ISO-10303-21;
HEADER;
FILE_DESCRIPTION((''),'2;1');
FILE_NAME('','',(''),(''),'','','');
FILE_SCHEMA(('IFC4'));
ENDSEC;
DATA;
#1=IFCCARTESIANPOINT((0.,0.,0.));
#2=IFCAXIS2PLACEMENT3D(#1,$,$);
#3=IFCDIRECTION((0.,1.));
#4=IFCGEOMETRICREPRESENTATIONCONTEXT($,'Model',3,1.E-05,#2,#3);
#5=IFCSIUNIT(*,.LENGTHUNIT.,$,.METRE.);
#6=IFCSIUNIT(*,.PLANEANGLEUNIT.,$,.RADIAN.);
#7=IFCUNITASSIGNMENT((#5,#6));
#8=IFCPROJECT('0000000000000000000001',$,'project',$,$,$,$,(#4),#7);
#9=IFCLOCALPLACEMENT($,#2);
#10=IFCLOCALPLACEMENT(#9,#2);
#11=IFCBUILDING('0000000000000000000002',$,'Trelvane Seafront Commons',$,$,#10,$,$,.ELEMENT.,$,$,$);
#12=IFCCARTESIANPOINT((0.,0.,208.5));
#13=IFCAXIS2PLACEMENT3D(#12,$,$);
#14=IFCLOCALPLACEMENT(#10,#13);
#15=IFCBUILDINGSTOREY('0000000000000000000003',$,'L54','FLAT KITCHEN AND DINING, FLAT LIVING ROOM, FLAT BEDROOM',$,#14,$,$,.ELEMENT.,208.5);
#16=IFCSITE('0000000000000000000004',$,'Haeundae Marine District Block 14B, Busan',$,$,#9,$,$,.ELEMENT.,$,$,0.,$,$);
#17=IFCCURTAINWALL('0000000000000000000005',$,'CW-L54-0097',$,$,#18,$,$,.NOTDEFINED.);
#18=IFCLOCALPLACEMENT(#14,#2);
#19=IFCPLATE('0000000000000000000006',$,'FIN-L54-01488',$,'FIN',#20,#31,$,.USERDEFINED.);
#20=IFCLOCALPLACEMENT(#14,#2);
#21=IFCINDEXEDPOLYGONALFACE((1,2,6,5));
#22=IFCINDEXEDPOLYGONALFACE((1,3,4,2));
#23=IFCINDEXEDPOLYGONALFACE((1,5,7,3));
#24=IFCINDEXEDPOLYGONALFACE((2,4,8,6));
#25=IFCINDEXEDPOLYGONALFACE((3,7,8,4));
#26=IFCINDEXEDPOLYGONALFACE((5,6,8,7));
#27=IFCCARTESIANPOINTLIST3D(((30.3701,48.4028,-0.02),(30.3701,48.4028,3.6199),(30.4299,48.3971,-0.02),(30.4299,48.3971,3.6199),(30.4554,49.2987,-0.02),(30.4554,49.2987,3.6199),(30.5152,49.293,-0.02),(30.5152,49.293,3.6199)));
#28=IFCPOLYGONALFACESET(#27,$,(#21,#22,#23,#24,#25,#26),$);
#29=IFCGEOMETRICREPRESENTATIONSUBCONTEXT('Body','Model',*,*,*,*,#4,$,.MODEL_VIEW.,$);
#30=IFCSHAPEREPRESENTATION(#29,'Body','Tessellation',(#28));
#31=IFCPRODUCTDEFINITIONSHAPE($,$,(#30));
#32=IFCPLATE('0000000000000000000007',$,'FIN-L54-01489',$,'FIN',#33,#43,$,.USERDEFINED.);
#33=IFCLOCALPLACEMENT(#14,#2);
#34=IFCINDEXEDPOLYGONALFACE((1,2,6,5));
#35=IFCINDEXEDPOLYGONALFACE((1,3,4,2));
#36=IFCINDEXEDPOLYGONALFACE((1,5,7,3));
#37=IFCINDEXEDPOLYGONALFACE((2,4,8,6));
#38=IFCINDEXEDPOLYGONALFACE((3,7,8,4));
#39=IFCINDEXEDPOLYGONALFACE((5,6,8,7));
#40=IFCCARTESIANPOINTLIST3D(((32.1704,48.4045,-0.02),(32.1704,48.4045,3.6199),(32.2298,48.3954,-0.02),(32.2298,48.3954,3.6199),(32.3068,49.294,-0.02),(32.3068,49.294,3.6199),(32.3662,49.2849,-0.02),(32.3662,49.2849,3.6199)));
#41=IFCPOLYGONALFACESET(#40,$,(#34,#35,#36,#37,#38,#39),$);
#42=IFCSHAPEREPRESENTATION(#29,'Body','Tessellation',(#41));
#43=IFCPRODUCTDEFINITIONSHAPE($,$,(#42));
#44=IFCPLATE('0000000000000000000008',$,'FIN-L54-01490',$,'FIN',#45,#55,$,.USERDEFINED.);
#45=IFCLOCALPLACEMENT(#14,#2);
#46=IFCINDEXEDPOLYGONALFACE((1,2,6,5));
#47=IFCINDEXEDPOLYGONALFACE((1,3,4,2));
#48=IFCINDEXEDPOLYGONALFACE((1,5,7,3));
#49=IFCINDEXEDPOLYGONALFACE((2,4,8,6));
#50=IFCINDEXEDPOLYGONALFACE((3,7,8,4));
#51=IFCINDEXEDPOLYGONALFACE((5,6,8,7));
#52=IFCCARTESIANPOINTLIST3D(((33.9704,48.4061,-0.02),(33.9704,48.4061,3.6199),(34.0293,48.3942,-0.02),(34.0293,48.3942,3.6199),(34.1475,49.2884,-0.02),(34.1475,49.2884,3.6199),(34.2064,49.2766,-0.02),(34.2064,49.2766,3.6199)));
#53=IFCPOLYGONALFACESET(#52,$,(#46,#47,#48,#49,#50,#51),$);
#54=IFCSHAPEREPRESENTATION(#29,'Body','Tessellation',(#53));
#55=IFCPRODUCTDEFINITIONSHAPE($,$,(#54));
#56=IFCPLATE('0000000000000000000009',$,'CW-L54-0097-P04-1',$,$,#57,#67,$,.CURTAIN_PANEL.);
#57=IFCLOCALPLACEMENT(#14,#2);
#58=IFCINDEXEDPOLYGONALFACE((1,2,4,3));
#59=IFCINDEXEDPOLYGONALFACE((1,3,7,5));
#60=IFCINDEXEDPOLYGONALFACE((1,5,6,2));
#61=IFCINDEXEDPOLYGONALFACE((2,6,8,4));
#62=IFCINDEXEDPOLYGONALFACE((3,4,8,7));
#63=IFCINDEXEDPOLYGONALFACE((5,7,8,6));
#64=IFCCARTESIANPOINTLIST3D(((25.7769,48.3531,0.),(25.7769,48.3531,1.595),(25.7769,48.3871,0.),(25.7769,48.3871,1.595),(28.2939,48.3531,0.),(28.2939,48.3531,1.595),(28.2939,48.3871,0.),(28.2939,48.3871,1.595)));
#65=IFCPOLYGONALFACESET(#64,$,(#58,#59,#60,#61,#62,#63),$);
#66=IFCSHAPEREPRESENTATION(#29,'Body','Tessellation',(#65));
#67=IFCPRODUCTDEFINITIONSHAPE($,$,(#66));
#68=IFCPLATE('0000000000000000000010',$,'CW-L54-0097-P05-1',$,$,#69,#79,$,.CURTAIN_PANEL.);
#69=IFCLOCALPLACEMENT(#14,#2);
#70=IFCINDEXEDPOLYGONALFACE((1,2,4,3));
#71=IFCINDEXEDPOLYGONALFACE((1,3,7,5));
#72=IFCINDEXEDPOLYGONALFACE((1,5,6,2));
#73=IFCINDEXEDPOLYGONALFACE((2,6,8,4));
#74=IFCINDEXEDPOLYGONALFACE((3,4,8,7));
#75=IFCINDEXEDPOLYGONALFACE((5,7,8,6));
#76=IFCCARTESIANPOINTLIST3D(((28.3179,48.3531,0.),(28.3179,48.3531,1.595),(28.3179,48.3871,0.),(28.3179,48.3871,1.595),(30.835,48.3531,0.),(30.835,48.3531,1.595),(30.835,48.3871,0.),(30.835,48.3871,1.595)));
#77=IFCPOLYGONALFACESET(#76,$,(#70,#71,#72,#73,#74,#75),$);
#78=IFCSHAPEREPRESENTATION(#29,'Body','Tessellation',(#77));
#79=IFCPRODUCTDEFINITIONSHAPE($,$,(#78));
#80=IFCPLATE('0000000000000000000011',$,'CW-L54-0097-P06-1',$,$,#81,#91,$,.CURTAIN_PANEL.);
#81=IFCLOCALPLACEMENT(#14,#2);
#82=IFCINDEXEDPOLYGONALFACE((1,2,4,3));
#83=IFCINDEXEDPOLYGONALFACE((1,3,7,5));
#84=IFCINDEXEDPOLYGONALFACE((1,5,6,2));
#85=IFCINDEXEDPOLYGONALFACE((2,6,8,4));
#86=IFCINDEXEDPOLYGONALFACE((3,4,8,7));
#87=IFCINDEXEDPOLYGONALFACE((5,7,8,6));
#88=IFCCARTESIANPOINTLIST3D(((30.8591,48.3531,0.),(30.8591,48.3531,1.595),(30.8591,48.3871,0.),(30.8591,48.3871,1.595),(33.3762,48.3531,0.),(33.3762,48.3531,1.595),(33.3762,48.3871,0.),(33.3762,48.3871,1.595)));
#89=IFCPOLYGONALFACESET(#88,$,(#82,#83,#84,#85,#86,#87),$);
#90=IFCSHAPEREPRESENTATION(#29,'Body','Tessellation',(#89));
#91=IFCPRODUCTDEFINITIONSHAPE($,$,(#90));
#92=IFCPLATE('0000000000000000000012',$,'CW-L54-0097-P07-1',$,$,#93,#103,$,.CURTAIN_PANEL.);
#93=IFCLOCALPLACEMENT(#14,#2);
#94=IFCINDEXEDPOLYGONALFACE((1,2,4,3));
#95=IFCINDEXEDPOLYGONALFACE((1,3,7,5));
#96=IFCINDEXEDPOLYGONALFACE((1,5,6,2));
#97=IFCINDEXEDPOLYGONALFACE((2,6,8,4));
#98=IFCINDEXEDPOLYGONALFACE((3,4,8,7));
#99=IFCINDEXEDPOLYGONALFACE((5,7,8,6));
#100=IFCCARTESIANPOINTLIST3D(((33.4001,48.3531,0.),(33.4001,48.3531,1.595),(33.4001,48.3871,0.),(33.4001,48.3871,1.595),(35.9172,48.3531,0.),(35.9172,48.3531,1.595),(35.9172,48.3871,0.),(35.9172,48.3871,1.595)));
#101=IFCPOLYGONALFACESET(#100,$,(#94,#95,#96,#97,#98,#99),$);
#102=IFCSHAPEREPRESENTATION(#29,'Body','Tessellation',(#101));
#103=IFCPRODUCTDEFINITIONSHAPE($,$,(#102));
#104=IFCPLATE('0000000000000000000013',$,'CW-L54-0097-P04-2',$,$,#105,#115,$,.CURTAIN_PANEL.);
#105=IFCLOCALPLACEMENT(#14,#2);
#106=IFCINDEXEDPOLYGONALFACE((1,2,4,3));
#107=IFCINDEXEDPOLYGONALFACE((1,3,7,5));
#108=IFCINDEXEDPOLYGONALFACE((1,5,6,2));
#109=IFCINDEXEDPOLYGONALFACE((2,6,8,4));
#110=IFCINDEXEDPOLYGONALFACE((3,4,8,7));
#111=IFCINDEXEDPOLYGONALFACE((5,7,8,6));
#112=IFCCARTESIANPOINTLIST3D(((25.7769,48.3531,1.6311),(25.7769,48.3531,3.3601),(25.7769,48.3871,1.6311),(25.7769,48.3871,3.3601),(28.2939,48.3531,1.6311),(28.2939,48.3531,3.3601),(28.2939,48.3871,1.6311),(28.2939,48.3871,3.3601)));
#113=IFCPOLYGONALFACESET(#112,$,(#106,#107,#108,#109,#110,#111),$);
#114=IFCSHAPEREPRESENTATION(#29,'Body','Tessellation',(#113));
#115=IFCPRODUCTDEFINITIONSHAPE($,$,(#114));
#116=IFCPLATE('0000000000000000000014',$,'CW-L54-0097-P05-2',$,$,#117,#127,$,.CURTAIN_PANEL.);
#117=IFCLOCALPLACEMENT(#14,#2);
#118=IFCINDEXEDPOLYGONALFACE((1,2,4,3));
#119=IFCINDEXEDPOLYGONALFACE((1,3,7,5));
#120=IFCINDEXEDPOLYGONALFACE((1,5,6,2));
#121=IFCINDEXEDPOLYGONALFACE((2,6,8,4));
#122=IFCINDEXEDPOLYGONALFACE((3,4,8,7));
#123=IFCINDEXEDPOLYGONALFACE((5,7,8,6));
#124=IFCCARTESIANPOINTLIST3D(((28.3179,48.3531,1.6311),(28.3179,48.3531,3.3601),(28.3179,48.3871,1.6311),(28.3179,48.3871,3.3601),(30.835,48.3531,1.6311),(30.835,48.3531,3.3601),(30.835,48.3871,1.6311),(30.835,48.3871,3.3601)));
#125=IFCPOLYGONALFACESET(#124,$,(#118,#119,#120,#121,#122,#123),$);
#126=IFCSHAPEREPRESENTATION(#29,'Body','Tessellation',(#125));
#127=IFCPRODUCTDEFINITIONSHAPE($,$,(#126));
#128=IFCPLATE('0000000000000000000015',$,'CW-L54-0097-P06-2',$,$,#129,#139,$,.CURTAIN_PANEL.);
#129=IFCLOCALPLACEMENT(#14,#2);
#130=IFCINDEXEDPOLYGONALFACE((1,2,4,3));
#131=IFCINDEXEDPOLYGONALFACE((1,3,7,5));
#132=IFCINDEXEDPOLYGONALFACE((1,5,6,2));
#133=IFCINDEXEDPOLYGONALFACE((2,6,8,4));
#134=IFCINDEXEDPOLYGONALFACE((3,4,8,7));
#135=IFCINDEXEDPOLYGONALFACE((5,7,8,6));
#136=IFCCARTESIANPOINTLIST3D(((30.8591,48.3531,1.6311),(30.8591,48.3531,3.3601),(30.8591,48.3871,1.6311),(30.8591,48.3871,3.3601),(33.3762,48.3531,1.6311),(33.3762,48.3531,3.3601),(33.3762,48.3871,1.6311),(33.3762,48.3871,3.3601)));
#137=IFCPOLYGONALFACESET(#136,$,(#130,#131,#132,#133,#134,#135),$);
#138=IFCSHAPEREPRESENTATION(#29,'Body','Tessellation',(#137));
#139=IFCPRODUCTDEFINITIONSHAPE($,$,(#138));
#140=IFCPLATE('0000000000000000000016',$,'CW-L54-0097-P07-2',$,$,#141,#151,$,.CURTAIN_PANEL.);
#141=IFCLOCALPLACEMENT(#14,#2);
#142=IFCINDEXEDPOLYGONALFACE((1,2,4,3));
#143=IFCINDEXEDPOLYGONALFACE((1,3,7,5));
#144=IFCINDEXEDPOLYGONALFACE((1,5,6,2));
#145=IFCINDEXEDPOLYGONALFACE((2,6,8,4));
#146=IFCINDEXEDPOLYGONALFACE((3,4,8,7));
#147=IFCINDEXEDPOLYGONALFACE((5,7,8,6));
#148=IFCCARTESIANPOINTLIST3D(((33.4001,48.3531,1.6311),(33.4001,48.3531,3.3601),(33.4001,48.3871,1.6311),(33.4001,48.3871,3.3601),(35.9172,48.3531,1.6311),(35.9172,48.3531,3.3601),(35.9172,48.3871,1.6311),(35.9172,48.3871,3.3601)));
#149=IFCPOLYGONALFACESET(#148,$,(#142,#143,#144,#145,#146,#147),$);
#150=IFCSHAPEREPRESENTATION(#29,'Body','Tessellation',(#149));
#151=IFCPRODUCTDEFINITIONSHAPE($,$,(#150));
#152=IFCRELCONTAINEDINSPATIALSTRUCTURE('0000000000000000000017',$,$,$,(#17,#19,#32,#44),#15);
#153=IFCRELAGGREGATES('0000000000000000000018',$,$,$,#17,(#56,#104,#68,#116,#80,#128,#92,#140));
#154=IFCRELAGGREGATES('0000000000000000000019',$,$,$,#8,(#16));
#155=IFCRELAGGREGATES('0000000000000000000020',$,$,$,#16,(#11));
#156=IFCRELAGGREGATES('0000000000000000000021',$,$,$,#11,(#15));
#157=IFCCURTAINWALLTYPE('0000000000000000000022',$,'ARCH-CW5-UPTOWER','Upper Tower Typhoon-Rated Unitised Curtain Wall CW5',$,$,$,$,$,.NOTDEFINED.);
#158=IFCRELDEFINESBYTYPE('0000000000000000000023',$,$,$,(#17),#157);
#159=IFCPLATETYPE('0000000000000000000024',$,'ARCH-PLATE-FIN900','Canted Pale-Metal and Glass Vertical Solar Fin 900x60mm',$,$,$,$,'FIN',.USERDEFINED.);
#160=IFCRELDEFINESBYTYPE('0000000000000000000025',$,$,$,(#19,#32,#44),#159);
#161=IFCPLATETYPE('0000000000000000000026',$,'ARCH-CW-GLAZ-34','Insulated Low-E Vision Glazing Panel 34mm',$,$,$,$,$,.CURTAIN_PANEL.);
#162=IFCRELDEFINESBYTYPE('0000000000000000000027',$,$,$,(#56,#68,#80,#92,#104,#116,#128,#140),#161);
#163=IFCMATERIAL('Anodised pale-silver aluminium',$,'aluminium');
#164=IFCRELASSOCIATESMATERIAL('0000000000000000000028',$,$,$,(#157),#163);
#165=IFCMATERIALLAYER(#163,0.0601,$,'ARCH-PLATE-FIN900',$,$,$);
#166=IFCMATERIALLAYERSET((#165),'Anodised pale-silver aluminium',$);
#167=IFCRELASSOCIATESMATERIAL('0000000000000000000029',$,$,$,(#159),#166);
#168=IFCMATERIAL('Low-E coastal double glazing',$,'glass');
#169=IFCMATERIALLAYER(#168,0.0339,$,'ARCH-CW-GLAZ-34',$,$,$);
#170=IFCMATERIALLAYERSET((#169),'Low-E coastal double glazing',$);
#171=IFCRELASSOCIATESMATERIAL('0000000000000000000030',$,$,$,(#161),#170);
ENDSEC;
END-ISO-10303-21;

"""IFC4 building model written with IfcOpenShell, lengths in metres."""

from ifc_helpers import new_model, si_unit, direction, frame, origin, origin_2d, place, context, subcontext, project, spatial, rectangle, extrude, source, transform, mapped, material, layer, layer_set, type_object, element, aggregate, save


model = new_model("IFC4")

# Units and contexts
model_context = context("Model", 3, precision=1e-05, world=origin(), true_north=direction((0.0, 1.0)))
body_context = subcontext(model_context, "Body", "Model", "MODEL_VIEW")
ifc_project = project(units=[si_unit("LENGTHUNIT", "METRE"), si_unit("PLANEANGLEUNIT", "RADIAN")], contexts=[model_context])

# Site, building, storey
site_placement = place(None, origin())
site = spatial("IfcSite", under=ifc_project, at=site_placement, Name="Haeundae Marine District Block 14B, Busan", CompositionType="ELEMENT", RefElevation=0.0)
building_placement = place(site_placement, origin())
building = spatial("IfcBuilding", under=site, at=building_placement, Name="Trelvane Seafront Commons", CompositionType="ELEMENT")
storey_placement = place(building_placement, frame((0.0, 0.0, 208.5)))
storey = spatial("IfcBuildingStorey", under=building, at=storey_placement, Name="L54", Description="FLAT KITCHEN AND DINING, FLAT LIVING ROOM, FLAT BEDROOM", CompositionType="ELEMENT", Elevation=208.5)

# Curtain wall
ifc_material_1 = material(Name="Anodised pale-silver aluminium", Category="aluminium")
curtain_wall_type = type_object("IfcCurtainWallType", Name="ARCH-CW5-UPTOWER", Description="Upper Tower Typhoon-Rated Unitised Curtain Wall CW5", PredefinedType="NOTDEFINED", material=ifc_material_1)
curtain_wall_placement = place(storey_placement, origin())
curtain_wall = element("IfcCurtainWall", 1, at=curtain_wall_placement, inside=storey, type_object=curtain_wall_type, Name="CW-L54-0097", PredefinedType="NOTDEFINED")

# Plates
ifc_layer_1 = layer(ifc_material_1, 0.0601, Name="ARCH-PLATE-FIN900")
ifc_layer_set_1 = layer_set([ifc_layer_1], Name="Anodised pale-silver aluminium")
plate_type_1 = type_object("IfcPlateType", Name="ARCH-PLATE-FIN900", Description="Canted Pale-Metal and Glass Vertical Solar Fin 900x60mm", ElementType="FIN", PredefinedType="USERDEFINED", material=ifc_layer_set_1)
shared_shape_1 = source(origin(), body_context, "Body", "SweptSolid", [
    extrude(rectangle(XDim=0.8999, YDim=0.0601, at=origin_2d()), origin(), (0.0, 0.0, 1.0), 3.6399),
])
for number, where, z_axis, x_axis, name in (
    (2, (30.4426, 48.8479, -0.02), (0.0, 0.0, 1.0), (0.094782, 0.995498, 0.0), "FIN-L54-01488"),
    (3, (32.2683, 48.8447, -0.02), (0.0, 0.0, 1.0), (0.151556, 0.988449, 0.0), "FIN-L54-01489"),
    (4, (34.0884, 48.8413, -0.02), (0.0, 0.0, 1.0), (0.196778, 0.980448, 0.0), "FIN-L54-01490"),
):
    element("IfcPlate", number, at=place(storey_placement, frame(where, z_axis=z_axis, x_axis=x_axis)), inside=storey, type_object=plate_type_1, Name=name, ObjectType="FIN", PredefinedType="USERDEFINED", context=body_context, shape_type="MappedRepresentation", body=[
        mapped(shared_shape_1, transform((0.0, 0.0, 0.0), x_axis=(1.0, 0.0, 0.0), y_axis=(0.0, 1.0, 0.0), z_axis=(0.0, 0.0, 1.0), scale=1.0)),
    ])

# Plates
ifc_material_2 = material(Name="Low-E coastal double glazing", Category="glass")
ifc_layer_2 = layer(ifc_material_2, 0.0339, Name="ARCH-CW-GLAZ-34")
ifc_layer_set_2 = layer_set([ifc_layer_2], Name="Low-E coastal double glazing")
plate_type_2 = type_object("IfcPlateType", Name="ARCH-CW-GLAZ-34", Description="Insulated Low-E Vision Glazing Panel 34mm", PredefinedType="CURTAIN_PANEL", material=ifc_layer_set_2)
shared_shape_2 = source(origin(), body_context, "Body", "SweptSolid", [
    extrude(rectangle(XDim=2.5171, YDim=0.0339, at=origin_2d()), origin(), (0.0, 0.0, 1.0), 1.595),
])
plate_1_placement = place(storey_placement, frame((27.0354, 48.3701, 0.0), z_axis=(0.0, 0.0, 1.0), x_axis=(1.0, 0.0, 0.0)))
plate_1 = element("IfcPlate", 5, at=plate_1_placement, type_object=plate_type_2, Name="CW-L54-0097-P04-1", PredefinedType="CURTAIN_PANEL", context=body_context, shape_type="MappedRepresentation", body=[
    mapped(shared_shape_2, transform((0.0, 0.0, 0.0), x_axis=(1.0, 0.0, 0.0), y_axis=(0.0, 1.0, 0.0), z_axis=(0.0, 0.0, 1.0), scale=1.0)),
])
plate_2_placement = place(storey_placement, frame((29.5764, 48.3701, 0.0), z_axis=(0.0, 0.0, 1.0), x_axis=(1.0, 0.0, 0.0)))
plate_2 = element("IfcPlate", 6, at=plate_2_placement, type_object=plate_type_2, Name="CW-L54-0097-P05-1", PredefinedType="CURTAIN_PANEL", context=body_context, shape_type="MappedRepresentation", body=[
    mapped(shared_shape_2, transform((0.0, 0.0, 0.0), x_axis=(1.0, 0.0, 0.0), y_axis=(0.0, 1.0, 0.0), z_axis=(0.0, 0.0, 1.0), scale=1.0)),
])
plate_3_placement = place(storey_placement, frame((32.1177, 48.3701, 0.0), z_axis=(0.0, 0.0, 1.0), x_axis=(1.0, 0.0, 0.0)))
plate_3 = element("IfcPlate", 7, at=plate_3_placement, type_object=plate_type_2, Name="CW-L54-0097-P06-1", PredefinedType="CURTAIN_PANEL", context=body_context, shape_type="MappedRepresentation", body=[
    mapped(shared_shape_2, transform((0.0, 0.0, 0.0), x_axis=(1.0, 0.0, 0.0), y_axis=(0.0, 1.0, 0.0), z_axis=(0.0, 0.0, 1.0), scale=1.0)),
])
plate_4_placement = place(storey_placement, frame((34.6587, 48.3701, 0.0), z_axis=(0.0, 0.0, 1.0), x_axis=(1.0, 0.0, 0.0)))
plate_4 = element("IfcPlate", 8, at=plate_4_placement, type_object=plate_type_2, Name="CW-L54-0097-P07-1", PredefinedType="CURTAIN_PANEL", context=body_context, shape_type="MappedRepresentation", body=[
    mapped(shared_shape_2, transform((0.0, 0.0, 0.0), x_axis=(1.0, 0.0, 0.0), y_axis=(0.0, 1.0, 0.0), z_axis=(0.0, 0.0, 1.0), scale=1.0)),
])
shared_shape_3 = source(origin(), body_context, "Body", "SweptSolid", [
    extrude(rectangle(XDim=2.5171, YDim=0.0339, at=origin_2d()), origin(), (0.0, 0.0, 1.0), 1.729),
])
plate_5_placement = place(storey_placement, frame((27.0354, 48.3701, 1.6311), z_axis=(0.0, 0.0, 1.0), x_axis=(1.0, 0.0, 0.0)))
plate_5 = element("IfcPlate", 9, at=plate_5_placement, type_object=plate_type_2, Name="CW-L54-0097-P04-2", PredefinedType="CURTAIN_PANEL", context=body_context, shape_type="MappedRepresentation", body=[
    mapped(shared_shape_3, transform((0.0, 0.0, 0.0), x_axis=(1.0, 0.0, 0.0), y_axis=(0.0, 1.0, 0.0), z_axis=(0.0, 0.0, 1.0), scale=1.0)),
])
plate_6_placement = place(storey_placement, frame((29.5764, 48.3701, 1.6311), z_axis=(0.0, 0.0, 1.0), x_axis=(1.0, 0.0, 0.0)))
plate_6 = element("IfcPlate", 10, at=plate_6_placement, type_object=plate_type_2, Name="CW-L54-0097-P05-2", PredefinedType="CURTAIN_PANEL", context=body_context, shape_type="MappedRepresentation", body=[
    mapped(shared_shape_3, transform((0.0, 0.0, 0.0), x_axis=(1.0, 0.0, 0.0), y_axis=(0.0, 1.0, 0.0), z_axis=(0.0, 0.0, 1.0), scale=1.0)),
])
plate_7_placement = place(storey_placement, frame((32.1177, 48.3701, 1.6311), z_axis=(0.0, 0.0, 1.0), x_axis=(1.0, 0.0, 0.0)))
plate_7 = element("IfcPlate", 11, at=plate_7_placement, type_object=plate_type_2, Name="CW-L54-0097-P06-2", PredefinedType="CURTAIN_PANEL", context=body_context, shape_type="MappedRepresentation", body=[
    mapped(shared_shape_3, transform((0.0, 0.0, 0.0), x_axis=(1.0, 0.0, 0.0), y_axis=(0.0, 1.0, 0.0), z_axis=(0.0, 0.0, 1.0), scale=1.0)),
])
plate_8_placement = place(storey_placement, frame((34.6587, 48.3701, 1.6311), z_axis=(0.0, 0.0, 1.0), x_axis=(1.0, 0.0, 0.0)))
plate_8 = element("IfcPlate", 12, at=plate_8_placement, type_object=plate_type_2, Name="CW-L54-0097-P07-2", PredefinedType="CURTAIN_PANEL", context=body_context, shape_type="MappedRepresentation", body=[
    mapped(shared_shape_3, transform((0.0, 0.0, 0.0), x_axis=(1.0, 0.0, 0.0), y_axis=(0.0, 1.0, 0.0), z_axis=(0.0, 0.0, 1.0), scale=1.0)),
])
aggregate(curtain_wall, [plate_1, plate_5, plate_2, plate_6, plate_3, plate_7, plate_4, plate_8])

save(model, "model.ifc")
